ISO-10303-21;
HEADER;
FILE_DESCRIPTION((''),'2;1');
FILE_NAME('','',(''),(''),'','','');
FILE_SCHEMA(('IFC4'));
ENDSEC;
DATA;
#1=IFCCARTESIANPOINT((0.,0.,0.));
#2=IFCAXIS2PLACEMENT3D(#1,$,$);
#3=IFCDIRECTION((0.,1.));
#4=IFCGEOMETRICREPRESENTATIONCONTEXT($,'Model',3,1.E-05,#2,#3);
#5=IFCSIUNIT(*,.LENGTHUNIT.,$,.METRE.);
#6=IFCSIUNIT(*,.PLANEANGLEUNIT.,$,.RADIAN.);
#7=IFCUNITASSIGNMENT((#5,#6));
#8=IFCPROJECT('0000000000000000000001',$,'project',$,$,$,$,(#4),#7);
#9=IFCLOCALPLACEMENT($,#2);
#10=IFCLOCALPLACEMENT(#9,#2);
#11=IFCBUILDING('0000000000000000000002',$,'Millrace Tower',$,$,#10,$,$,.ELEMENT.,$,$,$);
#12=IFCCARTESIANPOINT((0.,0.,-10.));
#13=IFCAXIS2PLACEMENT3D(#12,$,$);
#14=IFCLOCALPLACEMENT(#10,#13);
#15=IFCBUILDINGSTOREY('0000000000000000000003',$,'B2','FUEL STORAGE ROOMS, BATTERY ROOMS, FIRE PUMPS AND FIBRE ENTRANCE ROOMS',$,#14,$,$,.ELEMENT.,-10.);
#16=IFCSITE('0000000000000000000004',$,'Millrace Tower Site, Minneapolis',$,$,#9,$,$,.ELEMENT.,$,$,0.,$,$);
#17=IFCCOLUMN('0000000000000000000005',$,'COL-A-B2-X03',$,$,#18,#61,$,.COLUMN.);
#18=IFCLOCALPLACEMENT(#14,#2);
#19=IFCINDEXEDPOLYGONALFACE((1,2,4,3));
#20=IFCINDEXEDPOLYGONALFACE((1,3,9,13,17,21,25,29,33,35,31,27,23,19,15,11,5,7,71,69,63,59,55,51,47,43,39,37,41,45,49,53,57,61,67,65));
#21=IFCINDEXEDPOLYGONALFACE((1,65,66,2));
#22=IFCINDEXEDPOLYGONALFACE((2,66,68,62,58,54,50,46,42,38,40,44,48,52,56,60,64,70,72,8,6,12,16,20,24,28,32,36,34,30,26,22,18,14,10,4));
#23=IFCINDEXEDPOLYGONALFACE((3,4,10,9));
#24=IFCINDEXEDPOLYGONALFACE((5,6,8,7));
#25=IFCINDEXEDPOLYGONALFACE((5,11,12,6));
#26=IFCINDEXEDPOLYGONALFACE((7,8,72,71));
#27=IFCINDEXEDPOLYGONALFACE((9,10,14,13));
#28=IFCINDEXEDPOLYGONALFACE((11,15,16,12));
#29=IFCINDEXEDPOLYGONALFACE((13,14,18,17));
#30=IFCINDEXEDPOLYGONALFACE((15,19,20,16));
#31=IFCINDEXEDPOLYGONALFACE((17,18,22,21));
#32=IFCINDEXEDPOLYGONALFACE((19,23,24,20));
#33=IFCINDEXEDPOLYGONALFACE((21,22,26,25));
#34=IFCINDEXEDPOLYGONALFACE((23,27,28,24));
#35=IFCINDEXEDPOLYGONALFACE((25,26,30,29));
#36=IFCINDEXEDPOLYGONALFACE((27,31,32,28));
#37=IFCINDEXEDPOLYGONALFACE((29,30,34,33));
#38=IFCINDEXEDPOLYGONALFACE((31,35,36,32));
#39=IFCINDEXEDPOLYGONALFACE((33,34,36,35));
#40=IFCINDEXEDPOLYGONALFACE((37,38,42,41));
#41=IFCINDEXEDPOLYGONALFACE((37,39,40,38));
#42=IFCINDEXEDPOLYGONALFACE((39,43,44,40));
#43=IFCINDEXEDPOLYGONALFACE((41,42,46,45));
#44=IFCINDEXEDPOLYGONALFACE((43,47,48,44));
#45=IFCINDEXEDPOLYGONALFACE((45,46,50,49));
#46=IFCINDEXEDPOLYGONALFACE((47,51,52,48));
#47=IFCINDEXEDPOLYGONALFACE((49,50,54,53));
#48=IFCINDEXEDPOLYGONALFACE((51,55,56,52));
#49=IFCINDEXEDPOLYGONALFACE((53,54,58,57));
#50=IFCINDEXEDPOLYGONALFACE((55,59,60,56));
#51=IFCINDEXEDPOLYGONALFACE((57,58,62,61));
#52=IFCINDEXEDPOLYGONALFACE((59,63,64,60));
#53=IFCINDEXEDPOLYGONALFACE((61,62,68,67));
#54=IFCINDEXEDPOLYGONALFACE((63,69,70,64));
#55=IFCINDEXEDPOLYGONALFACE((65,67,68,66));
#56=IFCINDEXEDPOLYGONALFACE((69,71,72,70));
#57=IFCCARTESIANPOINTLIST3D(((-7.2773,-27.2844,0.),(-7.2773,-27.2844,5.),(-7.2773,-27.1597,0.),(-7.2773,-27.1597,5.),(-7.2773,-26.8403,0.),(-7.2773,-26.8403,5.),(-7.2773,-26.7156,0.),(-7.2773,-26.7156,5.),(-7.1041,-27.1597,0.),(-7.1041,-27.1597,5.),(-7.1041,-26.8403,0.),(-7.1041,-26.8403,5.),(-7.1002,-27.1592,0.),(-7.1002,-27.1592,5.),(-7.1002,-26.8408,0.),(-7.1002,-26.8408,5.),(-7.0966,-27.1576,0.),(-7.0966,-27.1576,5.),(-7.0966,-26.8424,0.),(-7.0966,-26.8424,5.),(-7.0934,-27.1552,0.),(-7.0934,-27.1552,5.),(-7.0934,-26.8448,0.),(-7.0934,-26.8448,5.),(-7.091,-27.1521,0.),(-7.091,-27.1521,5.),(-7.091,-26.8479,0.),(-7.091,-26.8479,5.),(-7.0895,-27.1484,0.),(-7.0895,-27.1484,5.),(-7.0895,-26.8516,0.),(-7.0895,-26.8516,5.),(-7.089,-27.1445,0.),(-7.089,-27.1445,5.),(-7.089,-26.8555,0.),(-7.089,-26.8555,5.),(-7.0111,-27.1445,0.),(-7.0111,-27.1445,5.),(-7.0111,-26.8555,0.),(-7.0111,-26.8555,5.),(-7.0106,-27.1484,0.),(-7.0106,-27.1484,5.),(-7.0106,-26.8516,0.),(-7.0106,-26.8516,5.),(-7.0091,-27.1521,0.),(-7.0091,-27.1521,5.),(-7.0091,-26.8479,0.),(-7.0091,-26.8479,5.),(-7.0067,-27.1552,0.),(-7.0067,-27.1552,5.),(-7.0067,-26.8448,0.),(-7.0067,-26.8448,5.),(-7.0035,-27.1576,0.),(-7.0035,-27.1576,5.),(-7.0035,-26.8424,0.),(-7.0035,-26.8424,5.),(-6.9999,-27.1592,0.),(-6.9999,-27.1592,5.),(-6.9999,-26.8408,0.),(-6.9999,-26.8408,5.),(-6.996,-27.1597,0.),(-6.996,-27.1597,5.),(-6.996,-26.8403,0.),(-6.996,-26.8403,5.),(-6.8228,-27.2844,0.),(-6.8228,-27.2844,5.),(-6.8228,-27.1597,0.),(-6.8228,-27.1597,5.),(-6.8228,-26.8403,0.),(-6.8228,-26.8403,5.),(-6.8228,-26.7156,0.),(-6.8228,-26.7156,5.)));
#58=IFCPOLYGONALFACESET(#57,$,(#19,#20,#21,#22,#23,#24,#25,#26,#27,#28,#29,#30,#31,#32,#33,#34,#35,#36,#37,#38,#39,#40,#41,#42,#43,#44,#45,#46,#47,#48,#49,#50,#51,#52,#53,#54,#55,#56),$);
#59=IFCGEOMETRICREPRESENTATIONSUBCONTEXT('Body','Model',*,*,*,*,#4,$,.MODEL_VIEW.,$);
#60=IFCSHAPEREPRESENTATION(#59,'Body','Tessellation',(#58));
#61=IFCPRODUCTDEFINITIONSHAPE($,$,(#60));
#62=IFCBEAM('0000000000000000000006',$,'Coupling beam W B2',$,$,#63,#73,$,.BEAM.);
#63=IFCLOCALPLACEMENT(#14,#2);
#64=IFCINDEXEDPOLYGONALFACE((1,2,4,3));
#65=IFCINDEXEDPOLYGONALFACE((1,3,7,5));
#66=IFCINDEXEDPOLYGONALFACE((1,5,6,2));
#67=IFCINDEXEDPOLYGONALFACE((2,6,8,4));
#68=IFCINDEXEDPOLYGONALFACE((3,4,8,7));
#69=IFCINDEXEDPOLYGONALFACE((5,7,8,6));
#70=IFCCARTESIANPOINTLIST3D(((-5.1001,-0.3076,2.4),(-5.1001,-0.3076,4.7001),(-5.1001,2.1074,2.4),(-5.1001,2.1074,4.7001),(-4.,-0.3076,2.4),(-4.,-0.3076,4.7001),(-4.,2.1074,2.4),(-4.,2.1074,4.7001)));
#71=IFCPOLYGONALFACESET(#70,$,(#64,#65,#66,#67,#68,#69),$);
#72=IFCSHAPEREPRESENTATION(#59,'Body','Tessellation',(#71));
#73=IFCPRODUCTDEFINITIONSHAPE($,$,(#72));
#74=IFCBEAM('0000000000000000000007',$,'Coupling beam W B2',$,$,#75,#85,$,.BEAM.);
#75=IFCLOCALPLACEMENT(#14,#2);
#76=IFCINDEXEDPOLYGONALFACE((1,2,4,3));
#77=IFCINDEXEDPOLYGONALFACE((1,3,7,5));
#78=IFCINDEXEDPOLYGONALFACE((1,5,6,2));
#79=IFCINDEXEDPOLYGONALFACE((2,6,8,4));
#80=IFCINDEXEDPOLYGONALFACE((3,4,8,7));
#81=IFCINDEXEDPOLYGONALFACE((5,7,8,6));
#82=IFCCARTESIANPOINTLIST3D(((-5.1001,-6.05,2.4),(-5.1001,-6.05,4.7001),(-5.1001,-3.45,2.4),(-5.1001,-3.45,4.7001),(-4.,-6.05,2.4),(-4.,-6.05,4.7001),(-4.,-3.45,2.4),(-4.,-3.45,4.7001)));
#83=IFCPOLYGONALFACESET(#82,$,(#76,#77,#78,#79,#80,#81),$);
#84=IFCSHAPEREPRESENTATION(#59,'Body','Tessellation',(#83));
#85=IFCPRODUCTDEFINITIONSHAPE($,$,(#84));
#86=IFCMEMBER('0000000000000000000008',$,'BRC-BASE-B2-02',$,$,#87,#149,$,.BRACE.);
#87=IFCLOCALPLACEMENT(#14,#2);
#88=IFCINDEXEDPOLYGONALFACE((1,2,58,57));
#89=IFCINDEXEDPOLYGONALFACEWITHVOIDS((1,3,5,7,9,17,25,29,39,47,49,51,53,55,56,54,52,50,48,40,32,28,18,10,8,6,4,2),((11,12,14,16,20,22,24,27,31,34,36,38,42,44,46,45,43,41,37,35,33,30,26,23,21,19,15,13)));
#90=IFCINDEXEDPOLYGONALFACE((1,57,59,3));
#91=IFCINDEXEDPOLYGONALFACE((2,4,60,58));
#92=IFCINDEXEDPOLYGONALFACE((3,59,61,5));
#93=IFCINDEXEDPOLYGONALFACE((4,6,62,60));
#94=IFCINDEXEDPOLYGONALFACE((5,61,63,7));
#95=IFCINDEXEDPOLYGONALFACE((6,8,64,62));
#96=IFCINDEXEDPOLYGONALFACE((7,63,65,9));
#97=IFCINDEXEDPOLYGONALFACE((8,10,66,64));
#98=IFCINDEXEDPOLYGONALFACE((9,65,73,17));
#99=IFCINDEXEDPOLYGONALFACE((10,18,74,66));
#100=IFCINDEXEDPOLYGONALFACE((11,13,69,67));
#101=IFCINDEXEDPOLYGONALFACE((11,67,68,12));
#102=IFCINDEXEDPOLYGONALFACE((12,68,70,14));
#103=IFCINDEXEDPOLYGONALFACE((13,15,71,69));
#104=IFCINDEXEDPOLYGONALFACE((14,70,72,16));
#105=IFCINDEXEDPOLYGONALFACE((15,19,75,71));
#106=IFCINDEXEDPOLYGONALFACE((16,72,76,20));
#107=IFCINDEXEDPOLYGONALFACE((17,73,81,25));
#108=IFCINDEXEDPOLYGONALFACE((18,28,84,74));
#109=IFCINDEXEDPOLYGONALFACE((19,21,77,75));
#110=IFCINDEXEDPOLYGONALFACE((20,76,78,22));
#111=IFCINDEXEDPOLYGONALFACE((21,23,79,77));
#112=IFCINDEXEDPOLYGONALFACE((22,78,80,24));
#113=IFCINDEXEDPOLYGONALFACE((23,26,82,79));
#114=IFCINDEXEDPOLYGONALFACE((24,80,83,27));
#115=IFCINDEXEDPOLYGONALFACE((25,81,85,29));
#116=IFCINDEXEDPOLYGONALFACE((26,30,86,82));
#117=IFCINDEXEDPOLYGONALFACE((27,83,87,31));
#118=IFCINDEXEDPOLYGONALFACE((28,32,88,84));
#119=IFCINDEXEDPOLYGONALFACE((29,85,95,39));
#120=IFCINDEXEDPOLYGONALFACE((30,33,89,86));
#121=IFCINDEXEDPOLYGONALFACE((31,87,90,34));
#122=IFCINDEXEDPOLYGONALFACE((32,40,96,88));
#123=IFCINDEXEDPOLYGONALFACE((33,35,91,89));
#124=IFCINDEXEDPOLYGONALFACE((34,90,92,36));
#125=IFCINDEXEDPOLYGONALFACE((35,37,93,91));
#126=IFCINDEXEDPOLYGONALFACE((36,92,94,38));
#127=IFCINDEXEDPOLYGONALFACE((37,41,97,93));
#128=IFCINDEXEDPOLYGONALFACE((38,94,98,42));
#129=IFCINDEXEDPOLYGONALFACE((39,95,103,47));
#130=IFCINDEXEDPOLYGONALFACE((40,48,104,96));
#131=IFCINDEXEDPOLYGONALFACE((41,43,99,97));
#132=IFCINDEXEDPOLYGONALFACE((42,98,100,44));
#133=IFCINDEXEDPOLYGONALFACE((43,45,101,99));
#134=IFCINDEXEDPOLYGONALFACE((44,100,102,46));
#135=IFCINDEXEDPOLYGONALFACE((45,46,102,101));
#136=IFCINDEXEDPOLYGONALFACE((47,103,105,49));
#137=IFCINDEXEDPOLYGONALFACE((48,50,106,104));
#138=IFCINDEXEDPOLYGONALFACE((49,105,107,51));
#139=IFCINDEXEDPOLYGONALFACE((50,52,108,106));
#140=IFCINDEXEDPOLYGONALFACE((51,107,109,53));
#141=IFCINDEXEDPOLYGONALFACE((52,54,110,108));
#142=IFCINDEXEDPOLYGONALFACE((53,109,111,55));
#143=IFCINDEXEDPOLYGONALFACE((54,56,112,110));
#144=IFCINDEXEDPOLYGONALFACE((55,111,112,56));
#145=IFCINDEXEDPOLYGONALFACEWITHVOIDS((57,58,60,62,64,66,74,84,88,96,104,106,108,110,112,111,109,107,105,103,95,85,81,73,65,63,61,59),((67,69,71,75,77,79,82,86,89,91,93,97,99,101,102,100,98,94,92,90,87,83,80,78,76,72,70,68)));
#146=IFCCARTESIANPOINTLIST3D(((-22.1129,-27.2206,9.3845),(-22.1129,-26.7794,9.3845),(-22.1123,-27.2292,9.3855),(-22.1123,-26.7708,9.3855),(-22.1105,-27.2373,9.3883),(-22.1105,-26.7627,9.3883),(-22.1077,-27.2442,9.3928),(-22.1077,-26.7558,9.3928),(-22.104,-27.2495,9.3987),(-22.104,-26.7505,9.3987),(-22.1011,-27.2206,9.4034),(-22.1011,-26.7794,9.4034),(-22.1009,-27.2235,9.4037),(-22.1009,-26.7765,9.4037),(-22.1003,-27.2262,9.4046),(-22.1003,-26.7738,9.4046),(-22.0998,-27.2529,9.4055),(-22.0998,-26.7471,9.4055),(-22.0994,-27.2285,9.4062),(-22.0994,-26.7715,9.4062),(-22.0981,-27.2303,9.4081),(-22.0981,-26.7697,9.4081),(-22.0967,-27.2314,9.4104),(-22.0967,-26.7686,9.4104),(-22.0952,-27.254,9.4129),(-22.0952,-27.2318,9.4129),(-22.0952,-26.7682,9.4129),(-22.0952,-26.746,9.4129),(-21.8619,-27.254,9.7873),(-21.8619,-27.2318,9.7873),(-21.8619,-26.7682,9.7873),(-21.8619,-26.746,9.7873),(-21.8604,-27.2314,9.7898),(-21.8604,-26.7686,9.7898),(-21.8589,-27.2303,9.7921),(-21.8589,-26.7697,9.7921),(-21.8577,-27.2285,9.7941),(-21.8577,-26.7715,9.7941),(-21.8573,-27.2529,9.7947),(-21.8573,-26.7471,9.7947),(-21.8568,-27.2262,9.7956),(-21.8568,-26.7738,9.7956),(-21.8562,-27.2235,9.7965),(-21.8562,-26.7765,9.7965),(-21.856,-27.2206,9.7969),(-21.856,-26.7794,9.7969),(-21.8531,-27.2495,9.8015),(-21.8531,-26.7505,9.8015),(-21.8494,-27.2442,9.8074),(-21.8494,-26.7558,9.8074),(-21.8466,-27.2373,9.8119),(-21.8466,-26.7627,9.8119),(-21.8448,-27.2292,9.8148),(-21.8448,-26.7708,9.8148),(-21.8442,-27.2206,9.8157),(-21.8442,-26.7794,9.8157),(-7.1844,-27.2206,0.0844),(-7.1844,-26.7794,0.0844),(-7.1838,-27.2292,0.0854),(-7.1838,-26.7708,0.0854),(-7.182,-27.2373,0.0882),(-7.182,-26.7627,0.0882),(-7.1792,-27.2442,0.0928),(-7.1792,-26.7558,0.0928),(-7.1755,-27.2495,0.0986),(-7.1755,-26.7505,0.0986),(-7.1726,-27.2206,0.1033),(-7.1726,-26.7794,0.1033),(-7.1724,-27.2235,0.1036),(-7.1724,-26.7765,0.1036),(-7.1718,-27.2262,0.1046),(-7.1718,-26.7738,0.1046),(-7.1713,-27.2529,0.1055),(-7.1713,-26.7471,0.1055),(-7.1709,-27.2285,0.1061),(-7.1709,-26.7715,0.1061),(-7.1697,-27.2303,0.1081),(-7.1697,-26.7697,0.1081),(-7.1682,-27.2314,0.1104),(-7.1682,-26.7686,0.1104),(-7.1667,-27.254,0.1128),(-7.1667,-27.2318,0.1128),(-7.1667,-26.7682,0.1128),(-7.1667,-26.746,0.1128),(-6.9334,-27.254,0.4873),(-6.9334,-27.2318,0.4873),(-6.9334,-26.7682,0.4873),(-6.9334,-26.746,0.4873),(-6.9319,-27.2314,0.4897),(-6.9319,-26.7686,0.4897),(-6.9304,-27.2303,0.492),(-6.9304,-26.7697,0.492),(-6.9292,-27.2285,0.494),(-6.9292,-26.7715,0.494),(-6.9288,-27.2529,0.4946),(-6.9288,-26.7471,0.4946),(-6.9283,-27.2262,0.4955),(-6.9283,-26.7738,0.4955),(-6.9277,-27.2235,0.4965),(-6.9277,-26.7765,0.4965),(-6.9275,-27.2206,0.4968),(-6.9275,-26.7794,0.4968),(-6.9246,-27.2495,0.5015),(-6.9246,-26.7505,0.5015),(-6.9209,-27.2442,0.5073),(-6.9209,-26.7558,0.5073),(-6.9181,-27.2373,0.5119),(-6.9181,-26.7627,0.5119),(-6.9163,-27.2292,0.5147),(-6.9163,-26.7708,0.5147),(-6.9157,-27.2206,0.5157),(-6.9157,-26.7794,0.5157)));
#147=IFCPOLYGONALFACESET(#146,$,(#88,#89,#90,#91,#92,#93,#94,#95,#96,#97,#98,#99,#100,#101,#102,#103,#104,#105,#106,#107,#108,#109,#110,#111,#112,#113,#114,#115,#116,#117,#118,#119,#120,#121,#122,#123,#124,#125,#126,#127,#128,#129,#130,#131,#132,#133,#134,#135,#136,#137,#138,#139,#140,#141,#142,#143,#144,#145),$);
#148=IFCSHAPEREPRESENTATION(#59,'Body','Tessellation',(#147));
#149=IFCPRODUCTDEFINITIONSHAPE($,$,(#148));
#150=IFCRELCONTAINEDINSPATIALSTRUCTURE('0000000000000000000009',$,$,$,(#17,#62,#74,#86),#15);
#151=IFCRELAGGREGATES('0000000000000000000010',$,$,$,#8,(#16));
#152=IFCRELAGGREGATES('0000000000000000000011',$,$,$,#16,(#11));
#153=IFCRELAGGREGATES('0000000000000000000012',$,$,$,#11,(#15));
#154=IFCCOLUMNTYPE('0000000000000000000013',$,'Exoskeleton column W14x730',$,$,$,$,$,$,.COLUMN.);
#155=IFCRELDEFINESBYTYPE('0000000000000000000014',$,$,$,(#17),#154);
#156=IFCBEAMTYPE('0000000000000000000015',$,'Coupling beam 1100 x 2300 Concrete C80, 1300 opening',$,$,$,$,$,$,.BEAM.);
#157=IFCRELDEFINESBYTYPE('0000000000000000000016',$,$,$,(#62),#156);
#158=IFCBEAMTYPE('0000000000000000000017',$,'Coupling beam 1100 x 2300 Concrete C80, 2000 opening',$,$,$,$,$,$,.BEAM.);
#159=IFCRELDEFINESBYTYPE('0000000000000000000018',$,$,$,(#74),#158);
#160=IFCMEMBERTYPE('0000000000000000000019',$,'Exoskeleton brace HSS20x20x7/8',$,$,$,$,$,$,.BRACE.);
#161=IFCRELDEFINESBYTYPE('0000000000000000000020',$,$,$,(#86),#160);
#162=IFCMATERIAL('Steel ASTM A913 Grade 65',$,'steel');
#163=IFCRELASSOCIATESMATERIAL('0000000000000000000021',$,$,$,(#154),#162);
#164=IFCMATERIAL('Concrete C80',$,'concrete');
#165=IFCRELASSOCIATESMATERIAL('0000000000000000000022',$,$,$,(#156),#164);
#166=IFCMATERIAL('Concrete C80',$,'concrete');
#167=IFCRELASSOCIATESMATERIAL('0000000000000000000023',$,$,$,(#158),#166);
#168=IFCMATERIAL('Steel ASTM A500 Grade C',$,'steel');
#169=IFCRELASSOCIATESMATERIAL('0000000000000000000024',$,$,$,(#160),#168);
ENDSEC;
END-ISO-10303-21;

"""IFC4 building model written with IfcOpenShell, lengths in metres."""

from ifc_helpers import new_model, si_unit, direction, frame, origin, origin_2d, place, context, subcontext, project, spatial, rectangle, hollow_rectangle, i_section, extrude, material, material_profile, profile_set, type_object, element, save


model = new_model("IFC4")

# Units and contexts
model_context = context("Model", 3, precision=1e-05, world=origin(), true_north=direction((0.0, 1.0)))
body_context = subcontext(model_context, "Body", "Model", "MODEL_VIEW")
ifc_project = project(units=[si_unit("LENGTHUNIT", "METRE"), si_unit("PLANEANGLEUNIT", "RADIAN")], contexts=[model_context])

# Site, building, storey
site_placement = place(None, origin())
site = spatial("IfcSite", under=ifc_project, at=site_placement, Name="Millrace Tower Site, Minneapolis", CompositionType="ELEMENT", RefElevation=0.0)
building_placement = place(site_placement, origin())
building = spatial("IfcBuilding", under=site, at=building_placement, Name="Millrace Tower", CompositionType="ELEMENT")
storey_placement = place(building_placement, frame((0.0, 0.0, -10.0)))
storey = spatial("IfcBuildingStorey", under=building, at=storey_placement, Name="B2", Description="FUEL STORAGE ROOMS, BATTERY ROOMS, FIRE PUMPS AND FIBRE ENTRANCE ROOMS", CompositionType="ELEMENT", Elevation=-10.0)

# Column
ifc_material_1 = material(Name="Steel ASTM A913 Grade 65", Category="steel")
ifc_material_profile_1 = material_profile(ifc_material_1, i_section(OverallWidth=0.4546, OverallDepth=0.5688, WebThickness=0.0779, FlangeThickness=0.1248, FilletRadius=0.0151, at=origin_2d()))
ifc_profile_set_1 = profile_set([ifc_material_profile_1], Name="Steel ASTM A913 Grade 65")
column_type = type_object("IfcColumnType", Name="Exoskeleton column W14x730", PredefinedType="COLUMN", material=ifc_profile_set_1)
placement_1 = place(storey_placement, frame((-7.05, -27.0, 0.0), z_axis=(0.0, 0.0, 1.0), x_axis=(1.0, 0.0, 0.0)))
element("IfcColumn", 1, at=placement_1, inside=storey, type_object=column_type, Name="COL-A-B2-X03", PredefinedType="COLUMN", context=body_context, shape_type="SweptSolid", body=[
    extrude(i_section(OverallWidth=0.4546, OverallDepth=0.5688, WebThickness=0.0779, FlangeThickness=0.1248, FilletRadius=0.0151, at=origin_2d()), origin(), (0.0, 0.0, 1.0), 5.0),
])

# Beams
ifc_material_2 = material(Name="Concrete C80", Category="concrete")
ifc_material_profile_2 = material_profile(ifc_material_2, rectangle(XDim=1.1001, YDim=2.3, at=origin_2d()))
ifc_profile_set_2 = profile_set([ifc_material_profile_2], Name="Concrete C80")
beam_type_1 = type_object("IfcBeamType", Name="Coupling beam 1100 x 2300 Concrete C80, 1300 opening", PredefinedType="BEAM", material=ifc_profile_set_2)
beam_1_placement = place(storey_placement, frame((-4.55, -0.3076, 3.55), z_axis=(0.0, 1.0, 0.0), x_axis=(-1.0, 0.0, 0.0)))
element("IfcBeam", 2, at=beam_1_placement, inside=storey, type_object=beam_type_1, Name="Coupling beam W B2", PredefinedType="BEAM", context=body_context, shape_type="SweptSolid", body=[
    extrude(rectangle(XDim=1.1001, YDim=2.3, at=origin_2d()), origin(), (0.0, 0.0, 1.0), 2.415),
])
ifc_material_3 = material(Name="Concrete C80", Category="concrete")
ifc_material_profile_3 = material_profile(ifc_material_3, rectangle(XDim=1.1001, YDim=2.3, at=origin_2d()))
ifc_profile_set_3 = profile_set([ifc_material_profile_3], Name="Concrete C80")
beam_type_2 = type_object("IfcBeamType", Name="Coupling beam 1100 x 2300 Concrete C80, 2000 opening", PredefinedType="BEAM", material=ifc_profile_set_3)
beam_2_placement = place(storey_placement, frame((-4.55, -6.05, 3.55), z_axis=(0.0, 1.0, 0.0), x_axis=(-1.0, 0.0, 0.0)))
element("IfcBeam", 3, at=beam_2_placement, inside=storey, type_object=beam_type_2, Name="Coupling beam W B2", PredefinedType="BEAM", context=body_context, shape_type="SweptSolid", body=[
    extrude(rectangle(XDim=1.1001, YDim=2.3, at=origin_2d()), origin(), (0.0, 0.0, 1.0), 2.6001),
])

# Member
ifc_material_4 = material(Name="Steel ASTM A500 Grade C", Category="steel")
ifc_material_profile_4 = material_profile(ifc_material_4, hollow_rectangle(XDim=0.5081, YDim=0.5081, WallThickness=0.0222, InnerFilletRadius=0.0112, OuterFilletRadius=0.0334, at=origin_2d()))
ifc_profile_set_4 = profile_set([ifc_material_profile_4], Name="Steel ASTM A500 Grade C")
member_type = type_object("IfcMemberType", Name="Exoskeleton brace HSS20x20x7/8", PredefinedType="BRACE", material=ifc_profile_set_4)
member_1_placement = place(storey_placement, frame((-7.05, -27.0, 0.3), z_axis=(-0.84877, 0.0, 0.528762), x_axis=(0.0, -1.0, 0.0)))
element("IfcMember", 4, at=member_1_placement, inside=storey, type_object=member_type, Name="BRC-BASE-B2-02", PredefinedType="BRACE", context=body_context, shape_type="SweptSolid", body=[
    extrude(hollow_rectangle(XDim=0.5081, YDim=0.5081, WallThickness=0.0222, InnerFilletRadius=0.0112, OuterFilletRadius=0.0334, at=origin_2d()), origin(), (0.0, 0.0, 1.0), 17.5884),
])

save(model, "model.ifc")
